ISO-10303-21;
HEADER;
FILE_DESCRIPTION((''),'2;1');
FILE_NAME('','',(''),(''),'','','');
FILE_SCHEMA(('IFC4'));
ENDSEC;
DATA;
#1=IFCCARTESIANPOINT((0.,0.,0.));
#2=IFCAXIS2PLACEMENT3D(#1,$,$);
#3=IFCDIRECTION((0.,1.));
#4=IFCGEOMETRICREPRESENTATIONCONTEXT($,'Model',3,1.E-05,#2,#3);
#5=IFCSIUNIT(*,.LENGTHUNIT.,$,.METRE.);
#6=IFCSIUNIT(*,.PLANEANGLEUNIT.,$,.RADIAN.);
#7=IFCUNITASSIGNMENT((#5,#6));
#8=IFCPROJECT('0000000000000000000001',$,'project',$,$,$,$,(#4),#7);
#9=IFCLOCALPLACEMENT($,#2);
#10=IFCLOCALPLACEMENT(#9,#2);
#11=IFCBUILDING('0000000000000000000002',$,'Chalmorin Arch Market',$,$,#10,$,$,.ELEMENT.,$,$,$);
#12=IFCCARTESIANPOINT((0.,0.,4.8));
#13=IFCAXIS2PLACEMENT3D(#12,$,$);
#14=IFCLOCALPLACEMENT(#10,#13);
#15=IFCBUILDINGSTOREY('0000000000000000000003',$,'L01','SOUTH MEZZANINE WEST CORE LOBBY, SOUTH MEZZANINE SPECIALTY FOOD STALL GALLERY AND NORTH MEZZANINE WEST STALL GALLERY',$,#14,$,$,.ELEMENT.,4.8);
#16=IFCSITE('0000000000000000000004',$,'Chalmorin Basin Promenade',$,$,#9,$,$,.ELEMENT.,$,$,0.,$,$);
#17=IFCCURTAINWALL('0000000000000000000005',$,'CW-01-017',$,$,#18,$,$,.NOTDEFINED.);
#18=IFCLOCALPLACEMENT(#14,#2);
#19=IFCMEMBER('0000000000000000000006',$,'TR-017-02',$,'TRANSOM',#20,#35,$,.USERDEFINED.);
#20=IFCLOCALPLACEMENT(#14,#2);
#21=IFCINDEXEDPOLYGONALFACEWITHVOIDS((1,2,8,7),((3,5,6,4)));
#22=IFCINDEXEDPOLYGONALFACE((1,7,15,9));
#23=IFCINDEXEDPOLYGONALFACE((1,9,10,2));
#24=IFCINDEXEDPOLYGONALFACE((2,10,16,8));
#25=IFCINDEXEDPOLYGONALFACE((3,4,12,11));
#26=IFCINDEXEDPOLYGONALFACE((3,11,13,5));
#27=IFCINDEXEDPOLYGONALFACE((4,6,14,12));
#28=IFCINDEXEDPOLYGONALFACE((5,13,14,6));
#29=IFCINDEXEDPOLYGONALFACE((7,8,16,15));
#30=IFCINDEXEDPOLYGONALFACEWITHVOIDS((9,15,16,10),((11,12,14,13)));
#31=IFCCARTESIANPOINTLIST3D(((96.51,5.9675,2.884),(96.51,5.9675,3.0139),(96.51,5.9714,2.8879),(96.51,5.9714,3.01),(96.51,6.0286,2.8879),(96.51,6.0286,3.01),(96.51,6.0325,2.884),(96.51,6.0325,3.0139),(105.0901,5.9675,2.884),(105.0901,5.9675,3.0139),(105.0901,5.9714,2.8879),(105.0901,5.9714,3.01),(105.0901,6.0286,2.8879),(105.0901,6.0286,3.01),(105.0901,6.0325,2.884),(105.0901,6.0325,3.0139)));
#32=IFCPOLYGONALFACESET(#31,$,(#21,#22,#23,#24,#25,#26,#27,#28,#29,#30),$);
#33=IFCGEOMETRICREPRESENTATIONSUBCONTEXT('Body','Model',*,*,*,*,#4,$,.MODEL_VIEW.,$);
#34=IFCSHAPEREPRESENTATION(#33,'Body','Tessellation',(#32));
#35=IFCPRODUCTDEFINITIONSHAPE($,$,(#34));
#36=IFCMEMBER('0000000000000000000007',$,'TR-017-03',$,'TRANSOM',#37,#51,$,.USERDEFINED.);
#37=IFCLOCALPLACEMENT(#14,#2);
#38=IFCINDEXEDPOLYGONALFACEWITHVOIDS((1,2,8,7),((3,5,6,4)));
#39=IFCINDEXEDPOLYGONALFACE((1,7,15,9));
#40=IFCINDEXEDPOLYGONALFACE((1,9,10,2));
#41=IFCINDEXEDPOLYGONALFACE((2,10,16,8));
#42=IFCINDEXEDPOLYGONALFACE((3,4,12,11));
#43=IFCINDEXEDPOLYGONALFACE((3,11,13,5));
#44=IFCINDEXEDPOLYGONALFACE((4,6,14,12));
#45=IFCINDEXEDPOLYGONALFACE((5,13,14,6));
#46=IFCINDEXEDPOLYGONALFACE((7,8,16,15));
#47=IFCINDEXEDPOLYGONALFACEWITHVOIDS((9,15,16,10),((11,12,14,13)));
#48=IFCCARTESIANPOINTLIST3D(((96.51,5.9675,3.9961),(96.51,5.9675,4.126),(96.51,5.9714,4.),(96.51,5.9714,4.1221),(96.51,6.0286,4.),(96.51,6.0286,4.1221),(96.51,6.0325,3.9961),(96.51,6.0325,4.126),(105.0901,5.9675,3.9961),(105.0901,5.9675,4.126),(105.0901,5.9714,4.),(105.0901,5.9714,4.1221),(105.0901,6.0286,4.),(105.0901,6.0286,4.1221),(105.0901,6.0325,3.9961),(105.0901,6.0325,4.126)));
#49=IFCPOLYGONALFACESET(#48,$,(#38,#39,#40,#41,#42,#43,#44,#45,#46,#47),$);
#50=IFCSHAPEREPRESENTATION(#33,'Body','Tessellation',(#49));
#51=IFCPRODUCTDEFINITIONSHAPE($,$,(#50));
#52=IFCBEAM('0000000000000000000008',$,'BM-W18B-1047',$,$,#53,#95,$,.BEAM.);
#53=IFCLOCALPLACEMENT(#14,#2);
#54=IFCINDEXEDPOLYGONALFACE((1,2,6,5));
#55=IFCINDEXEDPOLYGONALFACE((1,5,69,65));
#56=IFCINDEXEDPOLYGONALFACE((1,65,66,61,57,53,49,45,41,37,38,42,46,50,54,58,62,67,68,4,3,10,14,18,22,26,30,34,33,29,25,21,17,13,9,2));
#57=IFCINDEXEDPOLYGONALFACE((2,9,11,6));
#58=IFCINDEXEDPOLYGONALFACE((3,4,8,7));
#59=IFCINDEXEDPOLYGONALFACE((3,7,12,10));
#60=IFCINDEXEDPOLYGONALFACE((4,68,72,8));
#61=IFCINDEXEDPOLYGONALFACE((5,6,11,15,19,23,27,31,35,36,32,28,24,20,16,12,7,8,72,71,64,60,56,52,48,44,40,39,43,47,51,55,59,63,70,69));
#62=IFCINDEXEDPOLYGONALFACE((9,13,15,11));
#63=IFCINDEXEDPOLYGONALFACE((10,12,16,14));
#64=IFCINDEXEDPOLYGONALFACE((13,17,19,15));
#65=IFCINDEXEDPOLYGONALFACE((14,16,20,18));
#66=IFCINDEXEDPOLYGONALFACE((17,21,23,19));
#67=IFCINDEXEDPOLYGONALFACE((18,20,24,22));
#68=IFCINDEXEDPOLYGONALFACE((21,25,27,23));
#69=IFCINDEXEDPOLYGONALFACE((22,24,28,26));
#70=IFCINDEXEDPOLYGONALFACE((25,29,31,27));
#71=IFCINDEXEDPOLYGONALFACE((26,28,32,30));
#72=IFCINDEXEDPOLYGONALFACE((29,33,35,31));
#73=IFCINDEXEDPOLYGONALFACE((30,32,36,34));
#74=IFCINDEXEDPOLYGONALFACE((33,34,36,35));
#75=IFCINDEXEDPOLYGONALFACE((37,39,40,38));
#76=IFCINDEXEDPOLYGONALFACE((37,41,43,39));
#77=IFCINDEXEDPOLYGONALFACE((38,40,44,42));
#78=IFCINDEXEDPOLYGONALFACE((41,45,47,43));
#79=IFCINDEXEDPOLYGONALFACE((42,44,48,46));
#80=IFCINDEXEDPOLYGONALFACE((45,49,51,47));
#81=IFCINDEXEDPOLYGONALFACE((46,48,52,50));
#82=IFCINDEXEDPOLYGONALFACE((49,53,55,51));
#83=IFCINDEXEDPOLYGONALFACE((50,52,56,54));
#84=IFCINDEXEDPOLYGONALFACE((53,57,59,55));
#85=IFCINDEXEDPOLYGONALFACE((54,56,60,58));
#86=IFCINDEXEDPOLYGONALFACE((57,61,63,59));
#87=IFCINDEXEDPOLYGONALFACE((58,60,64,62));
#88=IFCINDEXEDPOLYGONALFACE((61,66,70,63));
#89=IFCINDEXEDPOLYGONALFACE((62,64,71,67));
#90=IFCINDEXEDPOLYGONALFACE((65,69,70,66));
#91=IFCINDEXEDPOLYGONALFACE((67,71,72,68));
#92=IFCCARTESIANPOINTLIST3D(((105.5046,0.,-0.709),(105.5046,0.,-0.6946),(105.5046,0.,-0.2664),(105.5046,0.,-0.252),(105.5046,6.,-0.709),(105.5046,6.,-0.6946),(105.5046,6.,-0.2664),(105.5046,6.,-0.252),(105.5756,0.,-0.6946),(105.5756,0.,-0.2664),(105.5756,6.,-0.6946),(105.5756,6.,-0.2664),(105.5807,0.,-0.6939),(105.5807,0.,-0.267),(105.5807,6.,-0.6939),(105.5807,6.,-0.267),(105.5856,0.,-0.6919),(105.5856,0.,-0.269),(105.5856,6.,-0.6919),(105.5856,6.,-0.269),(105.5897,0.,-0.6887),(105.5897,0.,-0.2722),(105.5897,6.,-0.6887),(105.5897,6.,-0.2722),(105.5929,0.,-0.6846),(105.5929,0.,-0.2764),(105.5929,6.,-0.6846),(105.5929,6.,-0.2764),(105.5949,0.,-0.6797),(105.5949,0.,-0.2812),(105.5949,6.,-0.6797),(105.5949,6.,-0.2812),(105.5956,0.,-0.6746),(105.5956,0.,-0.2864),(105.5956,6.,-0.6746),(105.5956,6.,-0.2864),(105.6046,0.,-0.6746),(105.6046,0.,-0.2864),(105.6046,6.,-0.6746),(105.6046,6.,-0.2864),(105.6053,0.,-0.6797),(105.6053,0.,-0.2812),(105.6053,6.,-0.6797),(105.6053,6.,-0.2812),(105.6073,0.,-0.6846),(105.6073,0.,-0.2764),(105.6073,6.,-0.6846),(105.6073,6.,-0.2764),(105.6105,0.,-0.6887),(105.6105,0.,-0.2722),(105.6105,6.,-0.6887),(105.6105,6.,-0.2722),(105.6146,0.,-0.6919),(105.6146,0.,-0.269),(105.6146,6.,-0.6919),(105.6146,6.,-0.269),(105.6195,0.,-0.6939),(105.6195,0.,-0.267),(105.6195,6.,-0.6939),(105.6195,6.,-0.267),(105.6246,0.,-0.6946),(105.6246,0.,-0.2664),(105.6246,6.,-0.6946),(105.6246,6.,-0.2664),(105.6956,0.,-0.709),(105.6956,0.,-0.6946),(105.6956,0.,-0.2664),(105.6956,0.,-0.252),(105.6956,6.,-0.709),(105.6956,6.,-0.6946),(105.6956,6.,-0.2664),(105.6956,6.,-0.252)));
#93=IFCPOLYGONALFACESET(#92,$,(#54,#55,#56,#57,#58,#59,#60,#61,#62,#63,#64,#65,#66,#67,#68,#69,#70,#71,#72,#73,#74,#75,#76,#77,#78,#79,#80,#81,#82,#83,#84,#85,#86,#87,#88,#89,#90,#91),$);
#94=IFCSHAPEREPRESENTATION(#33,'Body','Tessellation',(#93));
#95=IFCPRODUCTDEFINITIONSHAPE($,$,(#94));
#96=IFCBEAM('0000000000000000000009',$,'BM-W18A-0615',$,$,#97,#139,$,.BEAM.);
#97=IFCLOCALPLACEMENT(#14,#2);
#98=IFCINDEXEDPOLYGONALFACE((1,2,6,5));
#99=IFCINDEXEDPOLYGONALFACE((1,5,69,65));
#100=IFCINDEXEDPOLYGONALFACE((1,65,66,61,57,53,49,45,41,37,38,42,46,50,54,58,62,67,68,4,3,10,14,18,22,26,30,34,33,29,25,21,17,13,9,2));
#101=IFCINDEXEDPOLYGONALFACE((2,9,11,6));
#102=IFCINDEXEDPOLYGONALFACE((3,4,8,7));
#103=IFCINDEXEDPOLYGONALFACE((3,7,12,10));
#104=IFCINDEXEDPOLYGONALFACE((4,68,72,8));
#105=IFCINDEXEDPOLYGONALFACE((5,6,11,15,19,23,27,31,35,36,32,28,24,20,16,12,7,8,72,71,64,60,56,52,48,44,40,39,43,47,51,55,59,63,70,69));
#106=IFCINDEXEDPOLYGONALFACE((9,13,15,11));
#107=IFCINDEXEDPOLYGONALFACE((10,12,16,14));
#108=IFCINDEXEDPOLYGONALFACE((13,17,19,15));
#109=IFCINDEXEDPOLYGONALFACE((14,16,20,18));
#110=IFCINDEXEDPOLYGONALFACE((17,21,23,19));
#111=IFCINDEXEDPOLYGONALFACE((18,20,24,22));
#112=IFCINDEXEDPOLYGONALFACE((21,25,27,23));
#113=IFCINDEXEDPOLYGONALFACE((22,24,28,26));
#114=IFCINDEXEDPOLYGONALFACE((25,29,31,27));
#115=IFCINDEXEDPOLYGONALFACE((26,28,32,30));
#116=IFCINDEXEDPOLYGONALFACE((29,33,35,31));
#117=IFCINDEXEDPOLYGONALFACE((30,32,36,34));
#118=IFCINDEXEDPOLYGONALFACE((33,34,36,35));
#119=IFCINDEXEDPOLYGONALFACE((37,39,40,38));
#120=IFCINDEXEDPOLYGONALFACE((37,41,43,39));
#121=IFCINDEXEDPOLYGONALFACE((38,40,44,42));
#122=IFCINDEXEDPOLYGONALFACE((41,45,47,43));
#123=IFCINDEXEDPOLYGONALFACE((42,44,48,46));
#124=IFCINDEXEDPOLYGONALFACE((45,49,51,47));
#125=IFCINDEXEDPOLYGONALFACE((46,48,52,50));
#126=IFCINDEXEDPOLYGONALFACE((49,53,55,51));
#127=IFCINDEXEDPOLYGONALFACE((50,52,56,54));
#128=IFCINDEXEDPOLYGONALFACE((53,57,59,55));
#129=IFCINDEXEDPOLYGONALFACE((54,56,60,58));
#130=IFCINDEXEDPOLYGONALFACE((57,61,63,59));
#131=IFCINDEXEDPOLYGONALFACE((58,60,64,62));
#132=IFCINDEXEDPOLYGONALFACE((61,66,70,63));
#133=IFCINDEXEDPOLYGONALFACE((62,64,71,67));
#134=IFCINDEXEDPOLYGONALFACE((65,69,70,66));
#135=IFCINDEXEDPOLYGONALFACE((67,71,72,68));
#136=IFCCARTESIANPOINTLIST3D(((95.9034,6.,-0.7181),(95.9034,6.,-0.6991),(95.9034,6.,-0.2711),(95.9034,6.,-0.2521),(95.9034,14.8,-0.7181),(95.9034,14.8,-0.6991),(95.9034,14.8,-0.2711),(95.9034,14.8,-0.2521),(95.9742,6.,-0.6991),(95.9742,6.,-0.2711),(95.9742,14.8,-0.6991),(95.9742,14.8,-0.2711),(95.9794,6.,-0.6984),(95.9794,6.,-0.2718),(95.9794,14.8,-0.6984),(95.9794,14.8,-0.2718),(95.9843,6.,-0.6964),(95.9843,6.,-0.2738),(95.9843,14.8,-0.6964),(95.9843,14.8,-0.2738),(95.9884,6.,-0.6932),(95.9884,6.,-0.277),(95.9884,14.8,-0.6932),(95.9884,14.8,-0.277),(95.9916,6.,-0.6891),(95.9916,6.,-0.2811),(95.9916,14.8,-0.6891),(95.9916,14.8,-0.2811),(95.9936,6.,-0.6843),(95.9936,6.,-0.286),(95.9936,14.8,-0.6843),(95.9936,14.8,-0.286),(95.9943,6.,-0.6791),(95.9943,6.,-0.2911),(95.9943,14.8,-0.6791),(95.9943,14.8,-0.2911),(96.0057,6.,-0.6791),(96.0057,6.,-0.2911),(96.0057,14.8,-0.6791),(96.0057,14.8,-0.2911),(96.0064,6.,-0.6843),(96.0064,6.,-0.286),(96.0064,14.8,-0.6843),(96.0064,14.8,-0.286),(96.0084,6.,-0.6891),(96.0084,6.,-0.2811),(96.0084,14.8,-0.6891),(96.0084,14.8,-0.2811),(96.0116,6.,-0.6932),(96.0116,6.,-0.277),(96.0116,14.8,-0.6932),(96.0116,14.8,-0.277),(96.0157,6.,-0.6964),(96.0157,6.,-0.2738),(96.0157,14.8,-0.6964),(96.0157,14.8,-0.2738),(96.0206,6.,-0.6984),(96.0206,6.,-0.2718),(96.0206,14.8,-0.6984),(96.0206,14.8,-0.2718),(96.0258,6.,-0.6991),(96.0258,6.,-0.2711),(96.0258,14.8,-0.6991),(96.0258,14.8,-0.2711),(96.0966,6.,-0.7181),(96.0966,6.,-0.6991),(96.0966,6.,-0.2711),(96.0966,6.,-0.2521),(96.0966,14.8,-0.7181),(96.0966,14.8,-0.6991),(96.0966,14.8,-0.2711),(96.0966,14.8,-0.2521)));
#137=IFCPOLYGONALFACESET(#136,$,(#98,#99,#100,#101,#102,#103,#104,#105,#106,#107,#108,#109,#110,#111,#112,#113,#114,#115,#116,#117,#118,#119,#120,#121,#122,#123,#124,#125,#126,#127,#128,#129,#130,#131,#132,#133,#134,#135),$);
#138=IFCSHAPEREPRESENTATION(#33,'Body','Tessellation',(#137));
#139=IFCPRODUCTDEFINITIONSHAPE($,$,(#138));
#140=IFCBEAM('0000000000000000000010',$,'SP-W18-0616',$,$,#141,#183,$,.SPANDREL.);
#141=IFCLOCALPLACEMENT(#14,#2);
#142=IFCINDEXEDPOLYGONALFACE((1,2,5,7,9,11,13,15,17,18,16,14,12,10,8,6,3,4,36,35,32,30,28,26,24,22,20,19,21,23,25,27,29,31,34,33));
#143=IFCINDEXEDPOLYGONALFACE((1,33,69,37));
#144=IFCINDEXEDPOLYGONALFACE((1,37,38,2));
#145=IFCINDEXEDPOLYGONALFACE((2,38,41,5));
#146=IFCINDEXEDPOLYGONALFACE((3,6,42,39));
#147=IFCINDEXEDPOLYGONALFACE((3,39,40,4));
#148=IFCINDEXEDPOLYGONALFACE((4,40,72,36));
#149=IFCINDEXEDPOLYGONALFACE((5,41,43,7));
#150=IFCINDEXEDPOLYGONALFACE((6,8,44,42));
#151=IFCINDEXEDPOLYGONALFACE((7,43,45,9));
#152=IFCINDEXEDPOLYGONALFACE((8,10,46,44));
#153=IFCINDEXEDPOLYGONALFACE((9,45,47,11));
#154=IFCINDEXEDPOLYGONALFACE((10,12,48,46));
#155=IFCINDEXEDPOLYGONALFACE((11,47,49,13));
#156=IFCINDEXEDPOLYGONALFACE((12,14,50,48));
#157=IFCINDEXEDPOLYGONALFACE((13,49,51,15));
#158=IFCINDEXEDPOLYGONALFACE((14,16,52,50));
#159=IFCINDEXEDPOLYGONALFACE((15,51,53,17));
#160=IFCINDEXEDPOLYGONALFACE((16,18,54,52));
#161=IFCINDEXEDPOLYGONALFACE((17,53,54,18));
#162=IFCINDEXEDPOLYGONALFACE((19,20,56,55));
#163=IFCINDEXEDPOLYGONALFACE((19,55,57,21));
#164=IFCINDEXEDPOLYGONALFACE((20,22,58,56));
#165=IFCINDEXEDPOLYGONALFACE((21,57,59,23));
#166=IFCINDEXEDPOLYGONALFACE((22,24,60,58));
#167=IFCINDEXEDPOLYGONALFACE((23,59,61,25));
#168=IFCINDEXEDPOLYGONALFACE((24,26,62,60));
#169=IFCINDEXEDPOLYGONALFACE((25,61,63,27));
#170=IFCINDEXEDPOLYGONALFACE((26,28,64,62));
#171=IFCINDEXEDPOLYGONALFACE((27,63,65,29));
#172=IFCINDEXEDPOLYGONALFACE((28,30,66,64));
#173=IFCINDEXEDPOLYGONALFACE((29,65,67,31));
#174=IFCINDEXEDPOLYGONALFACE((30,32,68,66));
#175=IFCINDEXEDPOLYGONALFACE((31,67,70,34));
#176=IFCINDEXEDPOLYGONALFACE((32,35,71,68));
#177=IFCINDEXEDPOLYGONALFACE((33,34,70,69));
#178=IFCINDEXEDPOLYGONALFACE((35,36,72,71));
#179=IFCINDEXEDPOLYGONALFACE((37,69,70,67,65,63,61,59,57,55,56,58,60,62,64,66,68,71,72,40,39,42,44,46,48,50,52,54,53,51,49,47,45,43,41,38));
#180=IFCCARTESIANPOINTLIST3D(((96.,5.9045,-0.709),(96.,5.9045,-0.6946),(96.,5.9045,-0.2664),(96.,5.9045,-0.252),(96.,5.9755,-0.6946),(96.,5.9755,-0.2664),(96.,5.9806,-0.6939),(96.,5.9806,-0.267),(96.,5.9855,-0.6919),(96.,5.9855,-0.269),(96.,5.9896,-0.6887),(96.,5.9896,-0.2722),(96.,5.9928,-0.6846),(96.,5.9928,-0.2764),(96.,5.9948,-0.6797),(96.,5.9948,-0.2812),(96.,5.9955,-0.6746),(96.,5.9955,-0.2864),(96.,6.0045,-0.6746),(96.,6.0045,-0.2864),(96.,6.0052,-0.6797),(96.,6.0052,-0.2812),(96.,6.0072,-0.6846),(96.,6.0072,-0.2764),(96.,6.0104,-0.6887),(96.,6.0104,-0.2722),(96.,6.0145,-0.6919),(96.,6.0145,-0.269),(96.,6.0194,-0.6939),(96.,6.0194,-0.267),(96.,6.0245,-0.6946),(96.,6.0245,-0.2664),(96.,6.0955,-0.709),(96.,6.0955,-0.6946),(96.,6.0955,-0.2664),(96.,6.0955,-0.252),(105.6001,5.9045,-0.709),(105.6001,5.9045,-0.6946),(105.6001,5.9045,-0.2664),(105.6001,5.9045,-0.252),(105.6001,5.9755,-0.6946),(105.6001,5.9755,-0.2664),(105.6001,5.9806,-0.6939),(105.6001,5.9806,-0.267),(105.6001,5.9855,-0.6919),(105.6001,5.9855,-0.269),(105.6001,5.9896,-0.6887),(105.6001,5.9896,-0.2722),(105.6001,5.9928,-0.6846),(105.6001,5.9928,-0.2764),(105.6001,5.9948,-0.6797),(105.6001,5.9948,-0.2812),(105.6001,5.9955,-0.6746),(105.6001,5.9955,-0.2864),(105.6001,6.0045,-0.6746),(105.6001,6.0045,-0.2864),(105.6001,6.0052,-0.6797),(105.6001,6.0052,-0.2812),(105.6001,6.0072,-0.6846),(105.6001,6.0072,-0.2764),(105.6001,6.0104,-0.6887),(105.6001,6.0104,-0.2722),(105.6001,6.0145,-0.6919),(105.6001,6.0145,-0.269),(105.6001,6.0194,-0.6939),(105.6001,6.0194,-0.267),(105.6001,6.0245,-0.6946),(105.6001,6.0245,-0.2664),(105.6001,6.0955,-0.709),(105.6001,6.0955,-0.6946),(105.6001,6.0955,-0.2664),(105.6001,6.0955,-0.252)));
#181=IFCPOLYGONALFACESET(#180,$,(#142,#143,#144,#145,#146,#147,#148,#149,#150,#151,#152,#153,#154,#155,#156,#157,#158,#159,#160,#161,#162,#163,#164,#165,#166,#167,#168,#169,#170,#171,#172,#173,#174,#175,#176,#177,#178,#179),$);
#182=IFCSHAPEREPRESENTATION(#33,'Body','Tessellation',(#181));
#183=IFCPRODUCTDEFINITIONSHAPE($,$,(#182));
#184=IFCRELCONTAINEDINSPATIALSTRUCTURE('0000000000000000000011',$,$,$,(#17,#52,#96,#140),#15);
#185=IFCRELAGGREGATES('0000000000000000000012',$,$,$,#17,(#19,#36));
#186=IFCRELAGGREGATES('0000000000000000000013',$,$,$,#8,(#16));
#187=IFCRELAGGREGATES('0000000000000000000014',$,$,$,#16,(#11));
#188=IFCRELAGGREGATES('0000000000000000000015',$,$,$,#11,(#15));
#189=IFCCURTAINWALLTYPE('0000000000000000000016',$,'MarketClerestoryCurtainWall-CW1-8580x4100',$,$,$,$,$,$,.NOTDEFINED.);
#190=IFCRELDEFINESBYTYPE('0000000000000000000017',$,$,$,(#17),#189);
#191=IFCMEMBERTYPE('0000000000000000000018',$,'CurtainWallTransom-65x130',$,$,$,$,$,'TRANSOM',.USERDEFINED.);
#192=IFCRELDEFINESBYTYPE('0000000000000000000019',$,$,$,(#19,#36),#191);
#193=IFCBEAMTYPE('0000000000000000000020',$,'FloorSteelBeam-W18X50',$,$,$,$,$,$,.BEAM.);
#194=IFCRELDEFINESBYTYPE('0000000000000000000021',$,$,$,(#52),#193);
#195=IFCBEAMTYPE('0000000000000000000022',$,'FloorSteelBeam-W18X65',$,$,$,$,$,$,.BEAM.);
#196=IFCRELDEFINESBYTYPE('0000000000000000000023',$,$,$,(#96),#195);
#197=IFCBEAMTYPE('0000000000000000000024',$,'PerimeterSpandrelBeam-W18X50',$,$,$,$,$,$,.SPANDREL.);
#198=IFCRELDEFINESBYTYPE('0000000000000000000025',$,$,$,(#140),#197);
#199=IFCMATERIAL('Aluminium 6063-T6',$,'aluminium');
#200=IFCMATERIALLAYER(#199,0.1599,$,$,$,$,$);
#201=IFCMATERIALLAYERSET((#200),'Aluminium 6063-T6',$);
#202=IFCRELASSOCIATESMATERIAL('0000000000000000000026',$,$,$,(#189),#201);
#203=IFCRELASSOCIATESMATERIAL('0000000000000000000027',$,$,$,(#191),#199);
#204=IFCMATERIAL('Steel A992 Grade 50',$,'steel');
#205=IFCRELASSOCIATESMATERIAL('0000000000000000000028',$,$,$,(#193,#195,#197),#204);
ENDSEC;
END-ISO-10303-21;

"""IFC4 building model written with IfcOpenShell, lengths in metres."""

from ifc_helpers import new_model, si_unit, direction, frame, origin, origin_2d, place, context, subcontext, project, spatial, hollow_rectangle, i_section, extrude, material, layer, layer_set, material_profile, profile_set, type_object, element, aggregate, save


model = new_model("IFC4")

# Units and contexts
model_context = context("Model", 3, precision=1e-05, world=origin(), true_north=direction((0.0, 1.0)))
body_context = subcontext(model_context, "Body", "Model", "MODEL_VIEW")
ifc_project = project(units=[si_unit("LENGTHUNIT", "METRE"), si_unit("PLANEANGLEUNIT", "RADIAN")], contexts=[model_context])

# Site, building, storey
site_placement = place(None, origin())
site = spatial("IfcSite", under=ifc_project, at=site_placement, Name="Chalmorin Basin Promenade", CompositionType="ELEMENT", RefElevation=0.0)
building_placement = place(site_placement, origin())
building = spatial("IfcBuilding", under=site, at=building_placement, Name="Chalmorin Arch Market", CompositionType="ELEMENT")
storey_placement = place(building_placement, frame((0.0, 0.0, 4.8)))
storey = spatial("IfcBuildingStorey", under=building, at=storey_placement, Name="L01", Description="SOUTH MEZZANINE WEST CORE LOBBY, SOUTH MEZZANINE SPECIALTY FOOD STALL GALLERY AND NORTH MEZZANINE WEST STALL GALLERY", CompositionType="ELEMENT", Elevation=4.8)

# Curtain wall, members
ifc_material_1 = material(Name="Aluminium 6063-T6", Category="aluminium")
ifc_layer_1 = layer(ifc_material_1, 0.1599)
ifc_layer_set_1 = layer_set([ifc_layer_1], Name="Aluminium 6063-T6")
curtain_wall_type = type_object("IfcCurtainWallType", Name="MarketClerestoryCurtainWall-CW1-8580x4100", PredefinedType="NOTDEFINED", material=ifc_layer_set_1)
curtain_wall_placement = place(storey_placement, origin())
curtain_wall = element("IfcCurtainWall", 1, at=curtain_wall_placement, inside=storey, type_object=curtain_wall_type, Name="CW-01-017", PredefinedType="NOTDEFINED")
ifc_material_profile_1 = material_profile(ifc_material_1, hollow_rectangle(XDim=0.0649, YDim=0.1299, WallThickness=0.0039, at=origin_2d()), Name="ALU65X130X4")
ifc_profile_set_1 = profile_set([ifc_material_profile_1], Name="Aluminium 6063-T6")
member_type_1 = type_object("IfcMemberType", Name="CurtainWallTransom-65x130", ElementType="TRANSOM", PredefinedType="USERDEFINED", material=ifc_profile_set_1)
member_1_placement = place(storey_placement, frame((96.51, 6.0, 2.949), z_axis=(1.0, 0.0, 0.0), x_axis=(0.0, 1.0, 0.0)))
member_1 = element("IfcMember", 2, at=member_1_placement, type_object=member_type_1, Name="TR-017-02", ObjectType="TRANSOM", PredefinedType="USERDEFINED", context=body_context, shape_type="SweptSolid", body=[
    extrude(hollow_rectangle(XDim=0.0649, YDim=0.1299, WallThickness=0.0039, at=origin_2d()), origin(), (0.0, 0.0, 1.0), 8.5801),
])
member_2_placement = place(storey_placement, frame((96.51, 6.0, 4.061), z_axis=(1.0, 0.0, 0.0), x_axis=(0.0, 1.0, 0.0)))
member_2 = element("IfcMember", 3, at=member_2_placement, type_object=member_type_1, Name="TR-017-03", ObjectType="TRANSOM", PredefinedType="USERDEFINED", context=body_context, shape_type="SweptSolid", body=[
    extrude(hollow_rectangle(XDim=0.0649, YDim=0.1299, WallThickness=0.0039, at=origin_2d()), origin(), (0.0, 0.0, 1.0), 8.5801),
])

# Beams
ifc_material_2 = material(Name="Steel A992 Grade 50", Category="steel")
ifc_material_profile_2 = material_profile(ifc_material_2, i_section(OverallWidth=0.1909, OverallDepth=0.457, WebThickness=0.009, FlangeThickness=0.0144, FilletRadius=0.02, at=origin_2d()), Name="W18X50")
ifc_profile_set_2 = profile_set([ifc_material_profile_2], Name="Steel A992 Grade 50")
beam_type_1 = type_object("IfcBeamType", Name="FloorSteelBeam-W18X50", PredefinedType="BEAM", material=ifc_profile_set_2)
beam_1_placement = place(storey_placement, frame((105.6001, 0.0, -0.4805), z_axis=(0.0, 1.0, 0.0), x_axis=(-1.0, 0.0, 0.0)))
element("IfcBeam", 4, at=beam_1_placement, inside=storey, type_object=beam_type_1, Name="BM-W18B-1047", PredefinedType="BEAM", context=body_context, shape_type="SweptSolid", body=[
    extrude(i_section(OverallWidth=0.1909, OverallDepth=0.457, WebThickness=0.009, FlangeThickness=0.0144, FilletRadius=0.02, at=origin_2d()), origin(), (0.0, 0.0, 1.0), 6.0),
])
ifc_material_profile_3 = material_profile(ifc_material_2, i_section(OverallWidth=0.1931, OverallDepth=0.4661, WebThickness=0.0115, FlangeThickness=0.019, FilletRadius=0.02, at=origin_2d()), Name="W18X65")
ifc_profile_set_3 = profile_set([ifc_material_profile_3], Name="Steel A992 Grade 50")
beam_type_2 = type_object("IfcBeamType", Name="FloorSteelBeam-W18X65", PredefinedType="BEAM", material=ifc_profile_set_3)
beam_2_placement = place(storey_placement, frame((96.0, 6.0, -0.4851), z_axis=(0.0, 1.0, 0.0), x_axis=(-1.0, 0.0, 0.0)))
element("IfcBeam", 5, at=beam_2_placement, inside=storey, type_object=beam_type_2, Name="BM-W18A-0615", PredefinedType="BEAM", context=body_context, shape_type="SweptSolid", body=[
    extrude(i_section(OverallWidth=0.1931, OverallDepth=0.4661, WebThickness=0.0115, FlangeThickness=0.019, FilletRadius=0.02, at=origin_2d()), origin(), (0.0, 0.0, 1.0), 8.8),
])
ifc_material_profile_4 = material_profile(ifc_material_2, i_section(OverallWidth=0.1909, OverallDepth=0.457, WebThickness=0.009, FlangeThickness=0.0144, FilletRadius=0.02, at=origin_2d()), Name="W18X50")
ifc_profile_set_4 = profile_set([ifc_material_profile_4], Name="Steel A992 Grade 50")
beam_type_3 = type_object("IfcBeamType", Name="PerimeterSpandrelBeam-W18X50", PredefinedType="SPANDREL", material=ifc_profile_set_4)
beam_3_placement = place(storey_placement, frame((96.0, 6.0, -0.4805), z_axis=(1.0, 0.0, 0.0), x_axis=(0.0, 1.0, 0.0)))
element("IfcBeam", 6, at=beam_3_placement, inside=storey, type_object=beam_type_3, Name="SP-W18-0616", PredefinedType="SPANDREL", context=body_context, shape_type="SweptSolid", body=[
    extrude(i_section(OverallWidth=0.1909, OverallDepth=0.457, WebThickness=0.009, FlangeThickness=0.0144, FilletRadius=0.02, at=origin_2d()), origin(), (0.0, 0.0, 1.0), 9.6001),
])

aggregate(curtain_wall, [member_1, member_2])

save(model, "model.ifc")
